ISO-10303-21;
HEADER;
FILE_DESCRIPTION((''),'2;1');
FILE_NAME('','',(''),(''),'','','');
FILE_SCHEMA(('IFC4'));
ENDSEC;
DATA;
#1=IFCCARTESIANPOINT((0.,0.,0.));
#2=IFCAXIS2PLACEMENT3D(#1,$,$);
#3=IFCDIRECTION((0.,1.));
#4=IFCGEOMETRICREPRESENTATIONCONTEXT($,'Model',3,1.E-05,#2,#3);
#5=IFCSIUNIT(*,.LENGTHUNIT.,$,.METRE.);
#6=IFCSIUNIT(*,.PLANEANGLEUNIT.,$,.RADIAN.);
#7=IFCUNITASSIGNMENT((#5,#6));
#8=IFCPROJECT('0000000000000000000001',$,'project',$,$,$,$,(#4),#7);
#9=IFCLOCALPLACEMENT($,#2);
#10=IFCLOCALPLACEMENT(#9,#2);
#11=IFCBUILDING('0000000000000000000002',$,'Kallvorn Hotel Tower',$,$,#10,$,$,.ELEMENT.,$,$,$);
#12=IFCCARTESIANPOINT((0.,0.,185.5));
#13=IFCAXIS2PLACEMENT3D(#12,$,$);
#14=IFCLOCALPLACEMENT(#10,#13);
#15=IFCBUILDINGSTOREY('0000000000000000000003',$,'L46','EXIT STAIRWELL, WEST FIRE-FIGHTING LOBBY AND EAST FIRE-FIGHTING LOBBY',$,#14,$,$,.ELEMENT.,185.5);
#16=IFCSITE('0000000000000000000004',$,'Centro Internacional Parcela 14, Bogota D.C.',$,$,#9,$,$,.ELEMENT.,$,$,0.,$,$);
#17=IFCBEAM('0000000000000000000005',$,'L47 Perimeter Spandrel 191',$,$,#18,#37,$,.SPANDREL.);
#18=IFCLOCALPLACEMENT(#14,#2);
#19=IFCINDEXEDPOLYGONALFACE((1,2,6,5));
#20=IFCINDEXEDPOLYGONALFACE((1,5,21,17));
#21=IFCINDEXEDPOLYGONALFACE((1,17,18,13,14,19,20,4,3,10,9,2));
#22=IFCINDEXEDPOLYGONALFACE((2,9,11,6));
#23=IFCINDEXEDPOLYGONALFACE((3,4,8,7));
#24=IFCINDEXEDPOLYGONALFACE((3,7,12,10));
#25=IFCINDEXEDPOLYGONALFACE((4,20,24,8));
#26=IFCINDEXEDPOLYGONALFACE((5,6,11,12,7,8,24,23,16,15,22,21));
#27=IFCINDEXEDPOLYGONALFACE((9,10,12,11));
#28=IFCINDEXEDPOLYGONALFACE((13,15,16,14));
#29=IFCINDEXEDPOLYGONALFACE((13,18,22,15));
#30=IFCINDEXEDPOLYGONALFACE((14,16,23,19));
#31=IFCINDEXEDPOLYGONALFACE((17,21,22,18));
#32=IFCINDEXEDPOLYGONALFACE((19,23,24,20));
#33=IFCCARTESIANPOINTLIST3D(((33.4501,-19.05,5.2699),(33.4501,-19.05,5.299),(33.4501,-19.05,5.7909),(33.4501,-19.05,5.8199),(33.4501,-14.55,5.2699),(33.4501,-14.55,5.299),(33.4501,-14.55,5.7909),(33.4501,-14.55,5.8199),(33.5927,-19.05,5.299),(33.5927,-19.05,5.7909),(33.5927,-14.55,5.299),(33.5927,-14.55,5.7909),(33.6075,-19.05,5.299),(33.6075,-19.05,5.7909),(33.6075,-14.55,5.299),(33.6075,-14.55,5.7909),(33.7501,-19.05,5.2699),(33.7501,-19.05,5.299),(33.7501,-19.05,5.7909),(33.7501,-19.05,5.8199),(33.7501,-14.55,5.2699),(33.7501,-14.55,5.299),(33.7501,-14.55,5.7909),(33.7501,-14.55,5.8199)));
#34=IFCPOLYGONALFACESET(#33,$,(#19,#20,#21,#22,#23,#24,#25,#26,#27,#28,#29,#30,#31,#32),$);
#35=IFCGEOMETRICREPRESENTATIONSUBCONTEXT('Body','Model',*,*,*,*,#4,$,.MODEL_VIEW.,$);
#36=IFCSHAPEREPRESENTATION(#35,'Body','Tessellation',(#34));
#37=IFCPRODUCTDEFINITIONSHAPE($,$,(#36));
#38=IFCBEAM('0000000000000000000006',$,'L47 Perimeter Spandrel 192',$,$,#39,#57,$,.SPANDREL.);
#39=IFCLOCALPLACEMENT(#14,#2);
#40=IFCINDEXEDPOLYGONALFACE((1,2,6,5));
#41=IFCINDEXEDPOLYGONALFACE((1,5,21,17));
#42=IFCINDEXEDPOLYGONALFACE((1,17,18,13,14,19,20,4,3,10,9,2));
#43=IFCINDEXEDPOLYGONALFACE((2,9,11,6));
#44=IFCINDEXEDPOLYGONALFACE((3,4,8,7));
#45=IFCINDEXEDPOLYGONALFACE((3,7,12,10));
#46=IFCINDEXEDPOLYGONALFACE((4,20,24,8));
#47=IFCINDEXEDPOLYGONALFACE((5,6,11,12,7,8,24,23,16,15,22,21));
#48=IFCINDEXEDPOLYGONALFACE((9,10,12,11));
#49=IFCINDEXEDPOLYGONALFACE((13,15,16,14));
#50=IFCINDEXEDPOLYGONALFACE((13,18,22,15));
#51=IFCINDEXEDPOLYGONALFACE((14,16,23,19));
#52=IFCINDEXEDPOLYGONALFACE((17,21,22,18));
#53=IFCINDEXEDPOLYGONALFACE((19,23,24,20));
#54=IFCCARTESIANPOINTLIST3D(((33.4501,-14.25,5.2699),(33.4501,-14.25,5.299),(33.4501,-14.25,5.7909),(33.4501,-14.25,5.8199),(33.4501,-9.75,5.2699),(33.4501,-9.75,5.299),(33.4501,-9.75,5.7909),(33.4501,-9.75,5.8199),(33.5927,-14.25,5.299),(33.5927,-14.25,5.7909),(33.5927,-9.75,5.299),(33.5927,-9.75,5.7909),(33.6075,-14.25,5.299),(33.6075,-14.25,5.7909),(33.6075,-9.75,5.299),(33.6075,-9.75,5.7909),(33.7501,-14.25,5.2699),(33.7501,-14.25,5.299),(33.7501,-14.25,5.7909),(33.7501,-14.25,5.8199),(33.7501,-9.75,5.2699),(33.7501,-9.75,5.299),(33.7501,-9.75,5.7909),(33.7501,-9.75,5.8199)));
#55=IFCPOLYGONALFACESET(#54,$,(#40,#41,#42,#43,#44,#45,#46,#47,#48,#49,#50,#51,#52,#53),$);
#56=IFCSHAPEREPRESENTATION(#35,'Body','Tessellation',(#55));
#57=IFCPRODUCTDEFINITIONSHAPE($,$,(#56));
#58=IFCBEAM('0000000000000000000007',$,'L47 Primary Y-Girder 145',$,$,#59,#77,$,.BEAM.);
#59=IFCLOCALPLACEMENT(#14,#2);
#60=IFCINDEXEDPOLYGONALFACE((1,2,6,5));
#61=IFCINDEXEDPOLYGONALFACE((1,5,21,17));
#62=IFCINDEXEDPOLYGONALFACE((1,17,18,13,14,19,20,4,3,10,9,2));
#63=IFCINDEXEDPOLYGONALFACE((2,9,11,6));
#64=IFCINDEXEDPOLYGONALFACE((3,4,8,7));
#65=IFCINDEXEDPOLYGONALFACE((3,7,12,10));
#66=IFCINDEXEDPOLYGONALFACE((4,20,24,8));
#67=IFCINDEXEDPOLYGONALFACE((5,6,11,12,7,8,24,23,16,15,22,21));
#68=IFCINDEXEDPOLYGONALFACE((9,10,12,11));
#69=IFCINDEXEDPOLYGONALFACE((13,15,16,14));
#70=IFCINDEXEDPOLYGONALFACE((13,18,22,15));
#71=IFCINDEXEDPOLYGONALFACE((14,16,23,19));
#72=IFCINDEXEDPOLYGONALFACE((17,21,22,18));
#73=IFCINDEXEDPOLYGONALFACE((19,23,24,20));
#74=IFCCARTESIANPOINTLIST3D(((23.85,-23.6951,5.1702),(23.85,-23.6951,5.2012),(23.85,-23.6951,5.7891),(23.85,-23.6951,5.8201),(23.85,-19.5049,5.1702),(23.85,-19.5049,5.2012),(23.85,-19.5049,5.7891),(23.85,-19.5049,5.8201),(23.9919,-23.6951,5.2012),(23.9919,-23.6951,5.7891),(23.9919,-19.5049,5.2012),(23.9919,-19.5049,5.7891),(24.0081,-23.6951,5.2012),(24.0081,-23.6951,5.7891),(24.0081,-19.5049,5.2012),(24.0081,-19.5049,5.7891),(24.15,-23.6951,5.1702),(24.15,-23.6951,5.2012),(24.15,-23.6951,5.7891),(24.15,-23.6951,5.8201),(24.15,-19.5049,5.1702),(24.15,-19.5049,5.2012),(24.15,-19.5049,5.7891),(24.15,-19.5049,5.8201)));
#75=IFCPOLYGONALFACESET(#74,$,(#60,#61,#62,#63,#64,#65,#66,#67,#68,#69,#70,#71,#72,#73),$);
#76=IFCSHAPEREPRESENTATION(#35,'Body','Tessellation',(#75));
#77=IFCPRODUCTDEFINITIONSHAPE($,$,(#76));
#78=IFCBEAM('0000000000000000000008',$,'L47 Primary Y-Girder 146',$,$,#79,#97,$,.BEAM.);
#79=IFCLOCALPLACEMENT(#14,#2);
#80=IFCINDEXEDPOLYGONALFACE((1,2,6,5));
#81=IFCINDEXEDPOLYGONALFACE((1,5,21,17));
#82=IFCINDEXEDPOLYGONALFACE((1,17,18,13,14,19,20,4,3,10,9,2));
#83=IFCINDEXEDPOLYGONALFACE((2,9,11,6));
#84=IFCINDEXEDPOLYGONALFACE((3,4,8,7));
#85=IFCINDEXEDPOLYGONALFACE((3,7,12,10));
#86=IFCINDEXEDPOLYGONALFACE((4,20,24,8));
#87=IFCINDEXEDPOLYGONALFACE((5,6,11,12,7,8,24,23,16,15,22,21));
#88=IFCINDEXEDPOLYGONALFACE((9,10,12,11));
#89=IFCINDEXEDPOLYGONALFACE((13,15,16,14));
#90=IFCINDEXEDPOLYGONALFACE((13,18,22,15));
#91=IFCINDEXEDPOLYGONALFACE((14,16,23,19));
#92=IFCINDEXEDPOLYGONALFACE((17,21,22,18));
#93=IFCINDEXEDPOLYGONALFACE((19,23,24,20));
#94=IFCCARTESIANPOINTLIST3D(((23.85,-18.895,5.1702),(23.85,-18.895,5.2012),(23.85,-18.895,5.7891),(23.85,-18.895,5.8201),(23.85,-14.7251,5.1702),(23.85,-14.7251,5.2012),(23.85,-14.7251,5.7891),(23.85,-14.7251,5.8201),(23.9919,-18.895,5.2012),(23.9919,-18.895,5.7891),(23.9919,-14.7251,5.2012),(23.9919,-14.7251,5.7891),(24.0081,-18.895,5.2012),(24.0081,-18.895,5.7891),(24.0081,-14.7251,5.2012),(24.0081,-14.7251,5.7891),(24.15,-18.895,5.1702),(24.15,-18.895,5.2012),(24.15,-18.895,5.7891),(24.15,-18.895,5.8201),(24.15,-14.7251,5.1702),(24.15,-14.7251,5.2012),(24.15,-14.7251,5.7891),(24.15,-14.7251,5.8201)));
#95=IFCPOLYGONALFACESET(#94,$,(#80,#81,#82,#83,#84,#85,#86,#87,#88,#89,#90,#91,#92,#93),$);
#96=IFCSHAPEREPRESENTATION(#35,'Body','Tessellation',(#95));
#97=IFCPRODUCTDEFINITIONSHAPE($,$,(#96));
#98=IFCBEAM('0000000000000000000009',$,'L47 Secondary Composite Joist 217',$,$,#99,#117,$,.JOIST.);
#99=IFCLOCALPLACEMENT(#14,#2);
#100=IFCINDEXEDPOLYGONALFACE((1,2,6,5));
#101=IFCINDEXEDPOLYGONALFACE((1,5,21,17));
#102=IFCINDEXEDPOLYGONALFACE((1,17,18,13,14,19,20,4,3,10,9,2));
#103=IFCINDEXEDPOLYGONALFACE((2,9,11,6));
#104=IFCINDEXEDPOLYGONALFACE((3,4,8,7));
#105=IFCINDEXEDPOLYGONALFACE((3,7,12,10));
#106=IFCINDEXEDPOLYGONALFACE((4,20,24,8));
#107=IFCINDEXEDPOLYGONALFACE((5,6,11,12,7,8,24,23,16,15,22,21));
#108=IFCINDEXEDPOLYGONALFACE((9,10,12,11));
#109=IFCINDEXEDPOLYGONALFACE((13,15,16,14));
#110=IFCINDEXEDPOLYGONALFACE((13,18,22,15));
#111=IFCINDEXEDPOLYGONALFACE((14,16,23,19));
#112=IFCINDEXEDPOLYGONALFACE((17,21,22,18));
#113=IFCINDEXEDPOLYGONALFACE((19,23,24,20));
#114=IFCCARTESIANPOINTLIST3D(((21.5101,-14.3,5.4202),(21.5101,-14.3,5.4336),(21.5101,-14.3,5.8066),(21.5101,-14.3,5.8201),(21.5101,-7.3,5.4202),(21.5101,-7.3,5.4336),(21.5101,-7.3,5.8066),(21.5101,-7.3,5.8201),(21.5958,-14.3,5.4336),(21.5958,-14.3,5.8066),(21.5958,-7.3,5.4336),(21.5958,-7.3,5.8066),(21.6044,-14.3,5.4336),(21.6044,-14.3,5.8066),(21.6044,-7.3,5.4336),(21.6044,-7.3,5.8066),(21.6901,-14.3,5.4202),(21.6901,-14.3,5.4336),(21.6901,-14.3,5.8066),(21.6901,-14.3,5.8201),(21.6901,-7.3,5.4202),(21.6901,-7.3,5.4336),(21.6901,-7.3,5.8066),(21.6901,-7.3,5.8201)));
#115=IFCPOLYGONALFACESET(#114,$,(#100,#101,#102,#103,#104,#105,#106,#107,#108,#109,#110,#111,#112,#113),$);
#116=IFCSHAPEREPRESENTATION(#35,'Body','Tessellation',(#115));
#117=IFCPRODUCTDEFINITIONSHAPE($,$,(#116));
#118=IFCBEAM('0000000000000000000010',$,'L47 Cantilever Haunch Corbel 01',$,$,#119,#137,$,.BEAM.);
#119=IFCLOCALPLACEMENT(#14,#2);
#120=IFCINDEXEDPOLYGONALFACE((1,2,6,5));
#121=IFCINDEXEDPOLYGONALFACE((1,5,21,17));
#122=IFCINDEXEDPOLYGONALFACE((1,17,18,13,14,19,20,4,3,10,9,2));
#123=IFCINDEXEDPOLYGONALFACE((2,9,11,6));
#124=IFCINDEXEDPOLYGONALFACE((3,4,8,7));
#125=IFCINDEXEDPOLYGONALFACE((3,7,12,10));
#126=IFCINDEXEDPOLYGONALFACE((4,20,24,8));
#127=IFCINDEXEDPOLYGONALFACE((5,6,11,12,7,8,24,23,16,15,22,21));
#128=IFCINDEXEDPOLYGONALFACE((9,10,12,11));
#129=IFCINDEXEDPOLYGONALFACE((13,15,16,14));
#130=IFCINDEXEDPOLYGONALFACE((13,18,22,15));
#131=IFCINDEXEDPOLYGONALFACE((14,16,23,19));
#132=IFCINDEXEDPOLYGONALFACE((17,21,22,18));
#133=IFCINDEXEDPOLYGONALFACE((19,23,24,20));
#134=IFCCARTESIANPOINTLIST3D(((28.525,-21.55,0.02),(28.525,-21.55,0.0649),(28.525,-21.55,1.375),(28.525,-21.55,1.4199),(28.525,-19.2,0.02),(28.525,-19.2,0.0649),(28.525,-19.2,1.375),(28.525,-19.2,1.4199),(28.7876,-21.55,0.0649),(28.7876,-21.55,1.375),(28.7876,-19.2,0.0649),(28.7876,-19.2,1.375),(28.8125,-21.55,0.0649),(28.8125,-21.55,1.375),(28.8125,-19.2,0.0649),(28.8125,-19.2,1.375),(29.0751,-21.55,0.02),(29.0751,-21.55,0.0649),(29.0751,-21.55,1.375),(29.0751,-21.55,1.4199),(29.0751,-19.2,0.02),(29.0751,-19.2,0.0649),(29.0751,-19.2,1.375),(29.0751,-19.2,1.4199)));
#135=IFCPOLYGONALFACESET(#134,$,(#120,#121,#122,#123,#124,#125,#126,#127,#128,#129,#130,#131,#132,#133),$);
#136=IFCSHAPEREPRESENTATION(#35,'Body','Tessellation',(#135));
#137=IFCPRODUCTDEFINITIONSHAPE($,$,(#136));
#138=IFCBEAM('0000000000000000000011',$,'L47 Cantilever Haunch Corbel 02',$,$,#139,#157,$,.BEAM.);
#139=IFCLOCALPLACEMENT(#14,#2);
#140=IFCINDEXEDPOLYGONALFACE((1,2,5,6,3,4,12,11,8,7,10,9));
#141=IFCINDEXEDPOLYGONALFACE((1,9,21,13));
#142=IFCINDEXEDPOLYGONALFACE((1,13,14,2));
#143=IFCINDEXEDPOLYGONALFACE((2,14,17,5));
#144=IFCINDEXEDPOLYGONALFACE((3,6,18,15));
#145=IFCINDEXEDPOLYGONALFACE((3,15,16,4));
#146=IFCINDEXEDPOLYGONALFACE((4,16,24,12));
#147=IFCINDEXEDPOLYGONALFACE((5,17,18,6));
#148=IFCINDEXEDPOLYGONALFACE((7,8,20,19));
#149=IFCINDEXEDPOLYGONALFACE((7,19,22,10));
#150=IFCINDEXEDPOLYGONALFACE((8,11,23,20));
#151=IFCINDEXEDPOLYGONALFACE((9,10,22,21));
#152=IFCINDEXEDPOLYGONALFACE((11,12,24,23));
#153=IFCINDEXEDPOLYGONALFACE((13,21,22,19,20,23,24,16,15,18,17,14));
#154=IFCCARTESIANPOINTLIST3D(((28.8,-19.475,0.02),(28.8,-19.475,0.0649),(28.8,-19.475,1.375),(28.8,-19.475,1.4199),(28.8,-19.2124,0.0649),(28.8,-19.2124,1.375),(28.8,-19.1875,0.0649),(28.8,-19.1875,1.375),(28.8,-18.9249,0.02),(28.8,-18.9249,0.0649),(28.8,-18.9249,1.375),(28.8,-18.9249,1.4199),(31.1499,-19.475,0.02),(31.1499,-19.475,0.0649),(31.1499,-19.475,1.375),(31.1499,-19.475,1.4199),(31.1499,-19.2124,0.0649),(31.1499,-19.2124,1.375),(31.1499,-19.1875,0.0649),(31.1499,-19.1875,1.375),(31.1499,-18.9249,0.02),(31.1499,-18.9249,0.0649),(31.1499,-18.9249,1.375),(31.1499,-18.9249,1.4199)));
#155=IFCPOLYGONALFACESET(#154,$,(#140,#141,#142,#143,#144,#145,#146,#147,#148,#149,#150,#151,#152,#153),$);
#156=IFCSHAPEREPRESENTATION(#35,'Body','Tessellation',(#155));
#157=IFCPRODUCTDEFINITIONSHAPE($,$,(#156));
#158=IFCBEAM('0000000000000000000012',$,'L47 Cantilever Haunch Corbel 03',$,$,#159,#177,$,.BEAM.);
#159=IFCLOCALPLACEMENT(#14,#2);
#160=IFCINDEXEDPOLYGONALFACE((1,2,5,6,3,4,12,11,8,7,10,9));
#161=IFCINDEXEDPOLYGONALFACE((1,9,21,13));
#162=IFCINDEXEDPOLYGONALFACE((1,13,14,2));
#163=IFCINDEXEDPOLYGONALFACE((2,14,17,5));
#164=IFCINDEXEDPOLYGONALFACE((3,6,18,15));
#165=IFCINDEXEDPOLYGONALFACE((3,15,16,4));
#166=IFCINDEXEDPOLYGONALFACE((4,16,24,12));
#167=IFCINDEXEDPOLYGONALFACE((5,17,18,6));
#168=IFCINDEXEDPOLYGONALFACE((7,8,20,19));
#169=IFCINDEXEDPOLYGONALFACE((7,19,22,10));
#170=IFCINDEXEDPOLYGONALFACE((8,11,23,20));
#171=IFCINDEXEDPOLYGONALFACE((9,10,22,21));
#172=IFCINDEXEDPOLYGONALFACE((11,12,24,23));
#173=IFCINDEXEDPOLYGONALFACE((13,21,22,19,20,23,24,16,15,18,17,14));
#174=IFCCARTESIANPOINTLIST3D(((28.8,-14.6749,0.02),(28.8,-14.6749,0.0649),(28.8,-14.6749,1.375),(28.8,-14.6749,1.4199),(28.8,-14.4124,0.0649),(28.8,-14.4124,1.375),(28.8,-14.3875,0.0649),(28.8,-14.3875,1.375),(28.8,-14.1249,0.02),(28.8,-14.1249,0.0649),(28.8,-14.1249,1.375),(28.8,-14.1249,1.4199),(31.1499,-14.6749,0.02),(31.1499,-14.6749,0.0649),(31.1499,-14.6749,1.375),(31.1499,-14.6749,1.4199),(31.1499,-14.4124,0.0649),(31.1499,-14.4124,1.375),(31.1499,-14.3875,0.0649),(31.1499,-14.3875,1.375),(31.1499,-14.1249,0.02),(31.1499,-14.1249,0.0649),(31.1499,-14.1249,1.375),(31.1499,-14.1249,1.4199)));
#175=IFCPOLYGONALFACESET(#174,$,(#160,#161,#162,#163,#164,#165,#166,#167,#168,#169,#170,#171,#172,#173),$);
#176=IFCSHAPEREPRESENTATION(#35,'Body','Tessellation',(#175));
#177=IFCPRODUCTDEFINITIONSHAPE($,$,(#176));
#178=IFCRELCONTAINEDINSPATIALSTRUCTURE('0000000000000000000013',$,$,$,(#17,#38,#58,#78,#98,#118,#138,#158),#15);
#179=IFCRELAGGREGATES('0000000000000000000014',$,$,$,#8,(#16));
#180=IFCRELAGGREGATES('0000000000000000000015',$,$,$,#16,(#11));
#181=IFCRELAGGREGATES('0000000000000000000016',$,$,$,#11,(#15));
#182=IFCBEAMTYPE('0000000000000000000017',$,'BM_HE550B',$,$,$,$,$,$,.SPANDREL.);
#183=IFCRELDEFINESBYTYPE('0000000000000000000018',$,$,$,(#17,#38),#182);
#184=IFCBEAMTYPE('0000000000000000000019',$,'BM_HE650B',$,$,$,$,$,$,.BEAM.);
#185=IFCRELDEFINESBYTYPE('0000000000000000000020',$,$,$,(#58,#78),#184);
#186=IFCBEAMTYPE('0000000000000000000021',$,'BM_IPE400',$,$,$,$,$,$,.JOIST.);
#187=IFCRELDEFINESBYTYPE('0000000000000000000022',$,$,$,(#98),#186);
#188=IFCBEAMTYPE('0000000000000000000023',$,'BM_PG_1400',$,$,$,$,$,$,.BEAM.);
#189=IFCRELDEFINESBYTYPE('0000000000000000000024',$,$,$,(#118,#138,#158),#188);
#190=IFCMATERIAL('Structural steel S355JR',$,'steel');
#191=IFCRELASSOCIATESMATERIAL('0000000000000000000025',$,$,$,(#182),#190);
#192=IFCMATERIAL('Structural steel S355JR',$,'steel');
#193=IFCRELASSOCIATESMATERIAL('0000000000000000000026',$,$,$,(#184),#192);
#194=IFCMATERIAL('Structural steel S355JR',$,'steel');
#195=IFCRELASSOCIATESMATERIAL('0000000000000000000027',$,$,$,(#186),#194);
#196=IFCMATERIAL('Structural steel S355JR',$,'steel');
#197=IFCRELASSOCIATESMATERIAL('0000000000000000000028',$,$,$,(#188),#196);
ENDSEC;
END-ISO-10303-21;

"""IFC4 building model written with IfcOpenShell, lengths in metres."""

from ifc_helpers import new_model, si_unit, direction, frame, origin, origin_2d, place, context, subcontext, project, spatial, i_section, extrude, material, material_profile, profile_set, type_object, element, save


model = new_model("IFC4")

# Units and contexts
model_context = context("Model", 3, precision=1e-05, world=origin(), true_north=direction((0.0, 1.0)))
body_context = subcontext(model_context, "Body", "Model", "MODEL_VIEW")
ifc_project = project(units=[si_unit("LENGTHUNIT", "METRE"), si_unit("PLANEANGLEUNIT", "RADIAN")], contexts=[model_context])

# Site, building, storey
site_placement = place(None, origin())
site = spatial("IfcSite", under=ifc_project, at=site_placement, Name="Centro Internacional Parcela 14, Bogota D.C.", CompositionType="ELEMENT", RefElevation=0.0)
building_placement = place(site_placement, origin())
building = spatial("IfcBuilding", under=site, at=building_placement, Name="Kallvorn Hotel Tower", CompositionType="ELEMENT")
storey_placement = place(building_placement, frame((0.0, 0.0, 185.5)))
storey = spatial("IfcBuildingStorey", under=building, at=storey_placement, Name="L46", Description="EXIT STAIRWELL, WEST FIRE-FIGHTING LOBBY AND EAST FIRE-FIGHTING LOBBY", CompositionType="ELEMENT", Elevation=185.5)

# Beams
ifc_material_1 = material(Name="Structural steel S355JR", Category="steel")
ifc_material_profile_1 = material_profile(ifc_material_1, i_section(OverallWidth=0.3, OverallDepth=0.55, WebThickness=0.0149, FlangeThickness=0.0291, at=origin_2d()), Name="HE 550 B")
ifc_profile_set_1 = profile_set([ifc_material_profile_1], Name="Structural steel S355JR")
beam_type_1 = type_object("IfcBeamType", Name="BM_HE550B", PredefinedType="SPANDREL", material=ifc_profile_set_1)
for number, where, z_axis, x_axis, name in (
    (1, (33.6001, -19.05, 5.5449), (0.0, 1.0, 0.0), (-1.0, 0.0, 0.0), "L47 Perimeter Spandrel 191"),
    (2, (33.6001, -14.25, 5.5449), (0.0, 1.0, 0.0), (-1.0, 0.0, 0.0), "L47 Perimeter Spandrel 192"),
):
    element("IfcBeam", number, at=place(storey_placement, frame(where, z_axis=z_axis, x_axis=x_axis)), inside=storey, type_object=beam_type_1, Name=name, PredefinedType="SPANDREL", context=body_context, shape_type="SweptSolid", body=[
        extrude(i_section(OverallWidth=0.3, OverallDepth=0.55, WebThickness=0.0149, FlangeThickness=0.0291, at=origin_2d()), origin(), (0.0, 0.0, 1.0), 4.5),
    ])
ifc_material_2 = material(Name="Structural steel S355JR", Category="steel")
ifc_material_profile_2 = material_profile(ifc_material_2, i_section(OverallWidth=0.3, OverallDepth=0.6499, WebThickness=0.0161, FlangeThickness=0.031, at=origin_2d()), Name="HE 650 B")
ifc_profile_set_2 = profile_set([ifc_material_profile_2], Name="Structural steel S355JR")
beam_type_2 = type_object("IfcBeamType", Name="BM_HE650B", PredefinedType="BEAM", material=ifc_profile_set_2)
beam_1_placement = place(storey_placement, frame((24.0, -23.6951, 5.4951), z_axis=(0.0, 1.0, 0.0), x_axis=(-1.0, 0.0, 0.0)))
element("IfcBeam", 3, at=beam_1_placement, inside=storey, type_object=beam_type_2, Name="L47 Primary Y-Girder 145", PredefinedType="BEAM", context=body_context, shape_type="SweptSolid", body=[
    extrude(i_section(OverallWidth=0.3, OverallDepth=0.6499, WebThickness=0.0161, FlangeThickness=0.031, at=origin_2d()), origin(), (0.0, 0.0, 1.0), 4.1902),
])
beam_2_placement = place(storey_placement, frame((24.0, -18.895, 5.4951), z_axis=(0.0, 1.0, 0.0), x_axis=(-1.0, 0.0, 0.0)))
element("IfcBeam", 4, at=beam_2_placement, inside=storey, type_object=beam_type_2, Name="L47 Primary Y-Girder 146", PredefinedType="BEAM", context=body_context, shape_type="SweptSolid", body=[
    extrude(i_section(OverallWidth=0.3, OverallDepth=0.6499, WebThickness=0.0161, FlangeThickness=0.031, at=origin_2d()), origin(), (0.0, 0.0, 1.0), 4.1699),
])
ifc_material_3 = material(Name="Structural steel S355JR", Category="steel")
ifc_material_profile_3 = material_profile(ifc_material_3, i_section(OverallWidth=0.1799, OverallDepth=0.3999, WebThickness=0.0085, FlangeThickness=0.0134, at=origin_2d()), Name="IPE 400")
ifc_profile_set_3 = profile_set([ifc_material_profile_3], Name="Structural steel S355JR")
beam_type_3 = type_object("IfcBeamType", Name="BM_IPE400", PredefinedType="JOIST", material=ifc_profile_set_3)
beam_3_placement = place(storey_placement, frame((21.6001, -14.3, 5.6201), z_axis=(0.0, 1.0, 0.0), x_axis=(-1.0, 0.0, 0.0)))
element("IfcBeam", 5, at=beam_3_placement, inside=storey, type_object=beam_type_3, Name="L47 Secondary Composite Joist 217", PredefinedType="JOIST", context=body_context, shape_type="SweptSolid", body=[
    extrude(i_section(OverallWidth=0.1799, OverallDepth=0.3999, WebThickness=0.0085, FlangeThickness=0.0134, at=origin_2d()), origin(), (0.0, 0.0, 1.0), 7.0),
])
ifc_material_4 = material(Name="Structural steel S355JR", Category="steel")
ifc_material_profile_4 = material_profile(ifc_material_4, i_section(OverallWidth=0.55, OverallDepth=1.3999, WebThickness=0.0249, FlangeThickness=0.0449, at=origin_2d()), Name="PG 1400x550x25x45")
ifc_profile_set_4 = profile_set([ifc_material_profile_4], Name="Structural steel S355JR")
beam_type_4 = type_object("IfcBeamType", Name="BM_PG_1400", PredefinedType="BEAM", material=ifc_profile_set_4)
beam_4_placement = place(storey_placement, frame((28.8, -19.2, 0.72), z_axis=(0.0, -1.0, 0.0), x_axis=(1.0, 0.0, 0.0)))
element("IfcBeam", 6, at=beam_4_placement, inside=storey, type_object=beam_type_4, Name="L47 Cantilever Haunch Corbel 01", PredefinedType="BEAM", context=body_context, shape_type="SweptSolid", body=[
    extrude(i_section(OverallWidth=0.55, OverallDepth=1.3999, WebThickness=0.0249, FlangeThickness=0.0449, at=origin_2d()), origin(), (0.0, 0.0, 1.0), 2.3501),
])
for number, where, z_axis, x_axis, name in (
    (7, (28.8, -19.2, 0.72), (1.0, 0.0, 0.0), (0.0, 1.0, 0.0), "L47 Cantilever Haunch Corbel 02"),
    (8, (28.8, -14.3999, 0.72), (1.0, 0.0, 0.0), (0.0, 1.0, 0.0), "L47 Cantilever Haunch Corbel 03"),
):
    element("IfcBeam", number, at=place(storey_placement, frame(where, z_axis=z_axis, x_axis=x_axis)), inside=storey, type_object=beam_type_4, Name=name, PredefinedType="BEAM", context=body_context, shape_type="SweptSolid", body=[
        extrude(i_section(OverallWidth=0.55, OverallDepth=1.3999, WebThickness=0.0249, FlangeThickness=0.0449, at=origin_2d()), origin(), (0.0, 0.0, 1.0), 2.3499),
    ])

save(model, "model.ifc")
